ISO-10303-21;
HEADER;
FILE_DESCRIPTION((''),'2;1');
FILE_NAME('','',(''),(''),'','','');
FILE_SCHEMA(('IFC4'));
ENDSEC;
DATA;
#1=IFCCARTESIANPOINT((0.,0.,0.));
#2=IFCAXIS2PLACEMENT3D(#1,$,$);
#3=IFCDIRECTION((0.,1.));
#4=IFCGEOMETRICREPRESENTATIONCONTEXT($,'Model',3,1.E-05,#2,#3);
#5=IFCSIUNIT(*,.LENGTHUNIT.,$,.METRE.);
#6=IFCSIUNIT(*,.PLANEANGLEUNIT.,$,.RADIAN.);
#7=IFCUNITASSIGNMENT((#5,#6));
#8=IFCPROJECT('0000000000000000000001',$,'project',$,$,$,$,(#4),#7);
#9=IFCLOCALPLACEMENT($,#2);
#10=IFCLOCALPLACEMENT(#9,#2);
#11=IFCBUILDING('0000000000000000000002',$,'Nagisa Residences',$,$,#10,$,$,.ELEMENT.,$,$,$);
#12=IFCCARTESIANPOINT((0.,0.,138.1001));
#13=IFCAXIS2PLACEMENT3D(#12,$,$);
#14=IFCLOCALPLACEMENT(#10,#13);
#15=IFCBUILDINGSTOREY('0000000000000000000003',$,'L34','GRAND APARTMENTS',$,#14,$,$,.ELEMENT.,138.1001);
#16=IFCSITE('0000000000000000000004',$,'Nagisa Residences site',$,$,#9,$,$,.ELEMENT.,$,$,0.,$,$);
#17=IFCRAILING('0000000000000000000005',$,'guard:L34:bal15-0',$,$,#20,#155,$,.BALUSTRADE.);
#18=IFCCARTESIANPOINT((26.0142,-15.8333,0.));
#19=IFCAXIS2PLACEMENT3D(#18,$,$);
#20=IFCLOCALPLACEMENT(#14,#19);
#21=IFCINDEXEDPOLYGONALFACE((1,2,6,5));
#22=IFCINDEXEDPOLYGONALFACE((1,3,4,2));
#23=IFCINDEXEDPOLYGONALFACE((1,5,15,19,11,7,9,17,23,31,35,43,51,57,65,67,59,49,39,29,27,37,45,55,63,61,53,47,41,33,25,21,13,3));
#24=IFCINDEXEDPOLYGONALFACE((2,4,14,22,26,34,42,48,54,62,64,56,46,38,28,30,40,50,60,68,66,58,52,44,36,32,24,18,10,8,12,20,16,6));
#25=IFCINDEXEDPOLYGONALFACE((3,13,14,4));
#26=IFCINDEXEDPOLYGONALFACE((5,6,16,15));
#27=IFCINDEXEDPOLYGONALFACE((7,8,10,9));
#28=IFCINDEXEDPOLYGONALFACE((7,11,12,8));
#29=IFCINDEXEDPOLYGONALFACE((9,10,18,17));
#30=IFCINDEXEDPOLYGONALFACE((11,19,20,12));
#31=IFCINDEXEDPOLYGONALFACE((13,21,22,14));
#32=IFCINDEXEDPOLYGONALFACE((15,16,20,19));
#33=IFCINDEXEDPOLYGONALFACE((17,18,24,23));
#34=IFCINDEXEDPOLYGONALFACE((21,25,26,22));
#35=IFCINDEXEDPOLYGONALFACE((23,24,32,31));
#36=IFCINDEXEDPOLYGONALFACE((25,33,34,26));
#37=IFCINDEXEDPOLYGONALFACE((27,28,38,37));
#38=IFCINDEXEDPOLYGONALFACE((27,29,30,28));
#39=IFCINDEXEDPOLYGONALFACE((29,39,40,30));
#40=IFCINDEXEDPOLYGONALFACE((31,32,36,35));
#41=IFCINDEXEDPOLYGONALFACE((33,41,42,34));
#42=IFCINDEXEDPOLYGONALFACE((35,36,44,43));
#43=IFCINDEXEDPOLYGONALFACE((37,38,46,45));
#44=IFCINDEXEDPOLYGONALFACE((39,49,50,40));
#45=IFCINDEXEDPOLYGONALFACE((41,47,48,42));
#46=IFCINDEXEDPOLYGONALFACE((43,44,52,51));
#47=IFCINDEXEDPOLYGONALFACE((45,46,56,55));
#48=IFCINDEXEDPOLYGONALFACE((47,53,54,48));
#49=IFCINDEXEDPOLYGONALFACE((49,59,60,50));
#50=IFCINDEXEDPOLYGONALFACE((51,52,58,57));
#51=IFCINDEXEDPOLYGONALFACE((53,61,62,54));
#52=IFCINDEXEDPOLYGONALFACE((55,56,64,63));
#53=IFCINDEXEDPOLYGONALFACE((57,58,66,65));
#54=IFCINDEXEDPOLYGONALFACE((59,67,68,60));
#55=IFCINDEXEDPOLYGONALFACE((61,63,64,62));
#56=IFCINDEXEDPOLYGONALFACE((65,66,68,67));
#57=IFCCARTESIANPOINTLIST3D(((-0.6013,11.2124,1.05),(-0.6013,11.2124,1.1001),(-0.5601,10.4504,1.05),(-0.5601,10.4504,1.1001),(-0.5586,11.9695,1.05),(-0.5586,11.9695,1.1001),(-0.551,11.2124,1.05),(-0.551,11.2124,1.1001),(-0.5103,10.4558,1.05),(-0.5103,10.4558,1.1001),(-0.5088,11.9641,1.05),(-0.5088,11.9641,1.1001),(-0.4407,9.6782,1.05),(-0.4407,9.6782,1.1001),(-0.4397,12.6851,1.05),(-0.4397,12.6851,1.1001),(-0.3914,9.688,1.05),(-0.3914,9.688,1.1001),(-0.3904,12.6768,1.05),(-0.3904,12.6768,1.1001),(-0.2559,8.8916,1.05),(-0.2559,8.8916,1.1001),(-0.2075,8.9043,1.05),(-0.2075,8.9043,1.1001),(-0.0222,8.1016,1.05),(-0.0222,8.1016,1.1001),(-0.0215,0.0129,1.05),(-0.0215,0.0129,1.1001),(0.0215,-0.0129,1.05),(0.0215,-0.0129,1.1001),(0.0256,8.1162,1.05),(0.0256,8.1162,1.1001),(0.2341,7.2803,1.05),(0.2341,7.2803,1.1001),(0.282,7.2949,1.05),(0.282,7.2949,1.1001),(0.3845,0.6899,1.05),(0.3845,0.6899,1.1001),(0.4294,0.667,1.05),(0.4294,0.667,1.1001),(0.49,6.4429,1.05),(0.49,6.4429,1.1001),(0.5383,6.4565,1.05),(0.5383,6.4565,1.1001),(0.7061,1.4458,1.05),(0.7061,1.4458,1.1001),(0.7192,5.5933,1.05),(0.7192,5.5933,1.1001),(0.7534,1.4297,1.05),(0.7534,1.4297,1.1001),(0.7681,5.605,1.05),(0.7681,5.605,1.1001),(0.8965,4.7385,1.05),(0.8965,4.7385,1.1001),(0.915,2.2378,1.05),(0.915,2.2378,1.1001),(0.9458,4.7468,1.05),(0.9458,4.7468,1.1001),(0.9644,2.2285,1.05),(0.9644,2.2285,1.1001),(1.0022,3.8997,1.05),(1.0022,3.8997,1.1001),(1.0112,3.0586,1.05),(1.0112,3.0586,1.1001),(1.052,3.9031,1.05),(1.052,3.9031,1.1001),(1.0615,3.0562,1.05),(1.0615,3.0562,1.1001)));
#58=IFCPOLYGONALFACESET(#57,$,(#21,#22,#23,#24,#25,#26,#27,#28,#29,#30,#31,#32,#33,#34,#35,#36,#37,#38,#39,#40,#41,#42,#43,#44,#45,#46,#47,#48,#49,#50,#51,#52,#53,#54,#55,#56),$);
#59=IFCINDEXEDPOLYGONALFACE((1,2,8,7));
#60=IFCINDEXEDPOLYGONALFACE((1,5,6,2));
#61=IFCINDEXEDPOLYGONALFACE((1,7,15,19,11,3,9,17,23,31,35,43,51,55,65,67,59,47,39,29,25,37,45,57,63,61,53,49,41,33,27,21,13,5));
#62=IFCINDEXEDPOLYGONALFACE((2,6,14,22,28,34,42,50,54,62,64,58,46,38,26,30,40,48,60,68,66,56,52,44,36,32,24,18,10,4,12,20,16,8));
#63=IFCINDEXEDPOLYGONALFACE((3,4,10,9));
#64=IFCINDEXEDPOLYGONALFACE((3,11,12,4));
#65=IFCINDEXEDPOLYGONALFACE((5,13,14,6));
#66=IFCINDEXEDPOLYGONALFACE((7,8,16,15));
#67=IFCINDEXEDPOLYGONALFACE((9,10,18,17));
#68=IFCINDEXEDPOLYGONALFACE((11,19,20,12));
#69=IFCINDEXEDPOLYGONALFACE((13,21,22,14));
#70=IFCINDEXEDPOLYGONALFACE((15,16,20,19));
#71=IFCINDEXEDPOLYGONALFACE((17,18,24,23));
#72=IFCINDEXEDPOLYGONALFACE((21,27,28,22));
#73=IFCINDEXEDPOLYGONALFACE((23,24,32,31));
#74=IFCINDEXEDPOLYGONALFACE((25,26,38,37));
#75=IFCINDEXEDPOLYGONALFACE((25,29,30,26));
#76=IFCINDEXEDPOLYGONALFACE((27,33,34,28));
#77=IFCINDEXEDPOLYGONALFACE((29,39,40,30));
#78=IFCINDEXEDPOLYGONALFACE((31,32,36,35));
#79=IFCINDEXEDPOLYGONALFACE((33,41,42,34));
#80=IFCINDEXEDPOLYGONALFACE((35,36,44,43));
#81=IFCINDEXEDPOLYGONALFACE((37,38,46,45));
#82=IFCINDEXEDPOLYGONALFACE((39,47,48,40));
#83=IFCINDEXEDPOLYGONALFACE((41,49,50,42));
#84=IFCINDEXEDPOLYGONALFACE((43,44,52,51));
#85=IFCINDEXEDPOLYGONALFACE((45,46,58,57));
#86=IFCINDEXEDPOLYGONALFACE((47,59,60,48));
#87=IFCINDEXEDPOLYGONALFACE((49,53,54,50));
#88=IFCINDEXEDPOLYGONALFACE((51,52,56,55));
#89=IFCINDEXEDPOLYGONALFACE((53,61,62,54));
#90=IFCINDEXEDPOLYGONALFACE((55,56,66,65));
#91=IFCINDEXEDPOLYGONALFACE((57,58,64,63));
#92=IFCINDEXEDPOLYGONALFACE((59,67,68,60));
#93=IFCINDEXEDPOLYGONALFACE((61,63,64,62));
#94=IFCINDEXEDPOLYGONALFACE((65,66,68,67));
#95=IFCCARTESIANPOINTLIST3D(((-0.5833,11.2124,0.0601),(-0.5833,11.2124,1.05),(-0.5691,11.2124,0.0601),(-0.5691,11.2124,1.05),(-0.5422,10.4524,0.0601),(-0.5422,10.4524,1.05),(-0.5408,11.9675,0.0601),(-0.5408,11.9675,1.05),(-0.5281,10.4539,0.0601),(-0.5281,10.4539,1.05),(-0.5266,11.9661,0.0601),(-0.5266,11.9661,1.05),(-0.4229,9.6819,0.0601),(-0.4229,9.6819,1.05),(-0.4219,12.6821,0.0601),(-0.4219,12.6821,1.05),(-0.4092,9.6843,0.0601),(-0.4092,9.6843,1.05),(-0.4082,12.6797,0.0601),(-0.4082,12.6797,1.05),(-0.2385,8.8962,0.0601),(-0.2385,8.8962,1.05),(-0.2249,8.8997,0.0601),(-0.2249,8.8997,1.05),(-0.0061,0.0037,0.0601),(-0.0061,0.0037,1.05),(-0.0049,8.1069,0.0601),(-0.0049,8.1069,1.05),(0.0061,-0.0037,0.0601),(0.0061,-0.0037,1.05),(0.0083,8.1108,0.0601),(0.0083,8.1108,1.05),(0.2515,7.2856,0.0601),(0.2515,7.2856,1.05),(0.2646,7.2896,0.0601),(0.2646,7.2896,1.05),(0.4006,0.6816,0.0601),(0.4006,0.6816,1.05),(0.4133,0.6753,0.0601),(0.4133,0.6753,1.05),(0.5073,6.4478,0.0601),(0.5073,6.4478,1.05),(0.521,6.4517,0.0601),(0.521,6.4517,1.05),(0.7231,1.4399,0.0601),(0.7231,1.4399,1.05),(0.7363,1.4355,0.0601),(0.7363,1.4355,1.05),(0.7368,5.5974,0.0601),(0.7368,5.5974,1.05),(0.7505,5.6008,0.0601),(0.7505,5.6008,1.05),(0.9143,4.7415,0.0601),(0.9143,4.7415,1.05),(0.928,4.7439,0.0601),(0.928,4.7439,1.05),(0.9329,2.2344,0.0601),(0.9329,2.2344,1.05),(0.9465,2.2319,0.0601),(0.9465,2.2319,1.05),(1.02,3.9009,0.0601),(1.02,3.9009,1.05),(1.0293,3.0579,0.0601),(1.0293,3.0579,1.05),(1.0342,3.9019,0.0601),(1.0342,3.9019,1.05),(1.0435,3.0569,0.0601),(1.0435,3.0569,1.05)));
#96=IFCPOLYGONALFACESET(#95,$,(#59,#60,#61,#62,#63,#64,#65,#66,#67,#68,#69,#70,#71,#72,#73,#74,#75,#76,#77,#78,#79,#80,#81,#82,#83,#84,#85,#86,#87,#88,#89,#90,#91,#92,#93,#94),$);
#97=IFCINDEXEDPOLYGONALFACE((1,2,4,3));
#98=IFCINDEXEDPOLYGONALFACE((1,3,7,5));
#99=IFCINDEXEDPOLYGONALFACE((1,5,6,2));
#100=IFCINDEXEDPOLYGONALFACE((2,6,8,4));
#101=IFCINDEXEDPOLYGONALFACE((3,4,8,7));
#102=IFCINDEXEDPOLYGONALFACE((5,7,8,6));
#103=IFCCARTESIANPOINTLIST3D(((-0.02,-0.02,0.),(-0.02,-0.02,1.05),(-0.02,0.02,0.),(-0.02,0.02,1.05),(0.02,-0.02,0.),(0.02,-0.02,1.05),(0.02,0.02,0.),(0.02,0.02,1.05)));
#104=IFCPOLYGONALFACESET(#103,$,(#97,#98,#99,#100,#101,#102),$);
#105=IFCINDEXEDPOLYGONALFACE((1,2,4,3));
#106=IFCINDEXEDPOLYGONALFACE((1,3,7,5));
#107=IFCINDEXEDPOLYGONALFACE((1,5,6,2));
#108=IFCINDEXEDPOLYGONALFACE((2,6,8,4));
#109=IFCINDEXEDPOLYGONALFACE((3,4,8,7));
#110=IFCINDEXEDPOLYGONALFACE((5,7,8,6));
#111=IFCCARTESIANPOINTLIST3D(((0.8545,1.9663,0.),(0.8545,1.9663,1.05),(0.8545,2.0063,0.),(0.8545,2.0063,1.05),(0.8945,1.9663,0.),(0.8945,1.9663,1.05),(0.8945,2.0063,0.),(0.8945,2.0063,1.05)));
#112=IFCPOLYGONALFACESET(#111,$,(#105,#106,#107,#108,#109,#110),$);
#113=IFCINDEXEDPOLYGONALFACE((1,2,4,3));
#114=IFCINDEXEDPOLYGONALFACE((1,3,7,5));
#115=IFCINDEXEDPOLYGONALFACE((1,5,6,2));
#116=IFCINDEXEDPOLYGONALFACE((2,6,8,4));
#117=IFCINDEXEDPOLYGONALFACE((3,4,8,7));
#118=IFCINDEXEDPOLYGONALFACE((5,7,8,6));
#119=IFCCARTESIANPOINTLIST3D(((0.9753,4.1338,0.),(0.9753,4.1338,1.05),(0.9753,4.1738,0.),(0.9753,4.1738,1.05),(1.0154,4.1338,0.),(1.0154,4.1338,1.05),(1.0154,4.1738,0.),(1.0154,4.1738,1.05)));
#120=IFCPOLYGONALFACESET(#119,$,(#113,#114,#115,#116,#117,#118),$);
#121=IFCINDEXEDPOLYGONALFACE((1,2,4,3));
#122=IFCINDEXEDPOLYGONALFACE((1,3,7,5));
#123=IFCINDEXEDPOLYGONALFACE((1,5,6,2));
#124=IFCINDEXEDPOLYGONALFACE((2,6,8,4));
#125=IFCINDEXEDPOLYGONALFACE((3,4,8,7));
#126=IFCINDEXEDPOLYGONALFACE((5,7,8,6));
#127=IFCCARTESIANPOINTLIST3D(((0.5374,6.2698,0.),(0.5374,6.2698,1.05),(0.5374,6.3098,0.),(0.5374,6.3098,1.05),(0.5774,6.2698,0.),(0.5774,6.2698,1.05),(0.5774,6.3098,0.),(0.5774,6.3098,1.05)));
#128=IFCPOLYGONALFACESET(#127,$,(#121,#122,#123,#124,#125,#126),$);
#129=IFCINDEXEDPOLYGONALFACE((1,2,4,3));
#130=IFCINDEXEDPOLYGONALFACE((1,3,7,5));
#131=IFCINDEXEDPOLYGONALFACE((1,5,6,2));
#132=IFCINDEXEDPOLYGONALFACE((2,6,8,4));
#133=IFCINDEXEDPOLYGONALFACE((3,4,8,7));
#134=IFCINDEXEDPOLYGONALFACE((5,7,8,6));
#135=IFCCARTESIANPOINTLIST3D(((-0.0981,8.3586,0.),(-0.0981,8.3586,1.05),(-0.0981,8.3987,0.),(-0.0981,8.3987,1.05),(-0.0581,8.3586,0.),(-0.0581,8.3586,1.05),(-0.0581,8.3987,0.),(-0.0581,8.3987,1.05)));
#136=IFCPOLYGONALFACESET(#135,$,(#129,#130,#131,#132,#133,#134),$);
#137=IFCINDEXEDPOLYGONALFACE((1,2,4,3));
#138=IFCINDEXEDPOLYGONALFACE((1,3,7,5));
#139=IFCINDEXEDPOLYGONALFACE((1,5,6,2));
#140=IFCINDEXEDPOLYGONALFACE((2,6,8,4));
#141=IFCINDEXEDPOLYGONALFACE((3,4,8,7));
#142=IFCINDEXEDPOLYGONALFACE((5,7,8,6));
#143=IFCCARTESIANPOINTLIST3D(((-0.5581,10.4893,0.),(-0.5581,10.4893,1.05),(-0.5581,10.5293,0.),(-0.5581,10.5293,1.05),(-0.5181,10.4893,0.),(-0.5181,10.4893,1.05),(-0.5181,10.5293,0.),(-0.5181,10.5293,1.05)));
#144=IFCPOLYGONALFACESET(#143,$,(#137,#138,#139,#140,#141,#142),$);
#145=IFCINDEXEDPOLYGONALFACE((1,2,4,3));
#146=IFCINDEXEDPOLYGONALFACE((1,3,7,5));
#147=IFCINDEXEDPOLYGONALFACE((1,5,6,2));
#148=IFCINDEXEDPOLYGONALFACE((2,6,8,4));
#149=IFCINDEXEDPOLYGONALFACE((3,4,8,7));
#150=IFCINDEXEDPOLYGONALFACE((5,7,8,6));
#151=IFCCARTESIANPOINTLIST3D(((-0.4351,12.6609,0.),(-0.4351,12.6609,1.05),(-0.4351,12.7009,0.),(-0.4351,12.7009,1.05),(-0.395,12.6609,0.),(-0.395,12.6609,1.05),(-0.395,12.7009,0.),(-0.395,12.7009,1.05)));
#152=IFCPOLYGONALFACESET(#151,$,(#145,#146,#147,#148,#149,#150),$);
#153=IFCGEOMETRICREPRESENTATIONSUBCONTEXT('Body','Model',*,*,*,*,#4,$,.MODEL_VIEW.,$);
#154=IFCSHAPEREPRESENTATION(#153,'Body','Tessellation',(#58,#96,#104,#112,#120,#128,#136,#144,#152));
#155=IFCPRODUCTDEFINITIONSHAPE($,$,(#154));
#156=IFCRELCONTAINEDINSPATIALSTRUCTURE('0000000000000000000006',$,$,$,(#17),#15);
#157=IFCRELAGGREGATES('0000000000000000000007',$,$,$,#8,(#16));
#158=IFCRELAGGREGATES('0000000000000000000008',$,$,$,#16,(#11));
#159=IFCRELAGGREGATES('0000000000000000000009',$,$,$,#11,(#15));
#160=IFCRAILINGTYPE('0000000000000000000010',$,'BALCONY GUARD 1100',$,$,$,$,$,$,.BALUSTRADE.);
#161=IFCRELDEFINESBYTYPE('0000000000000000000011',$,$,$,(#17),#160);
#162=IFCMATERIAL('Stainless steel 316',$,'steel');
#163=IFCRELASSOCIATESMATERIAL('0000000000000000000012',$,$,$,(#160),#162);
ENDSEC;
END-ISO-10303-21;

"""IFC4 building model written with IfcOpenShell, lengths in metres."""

from ifc_helpers import new_model, si_unit, direction, frame, origin, origin_2d, place, context, subcontext, project, spatial, polyline, rectangle, outline, extrude, material, type_object, element, save


model = new_model("IFC4")

# Units and contexts
model_context = context("Model", 3, precision=1e-05, world=origin(), true_north=direction((0.0, 1.0)))
body_context = subcontext(model_context, "Body", "Model", "MODEL_VIEW")
ifc_project = project(units=[si_unit("LENGTHUNIT", "METRE"), si_unit("PLANEANGLEUNIT", "RADIAN")], contexts=[model_context])

# Site, building, storey
site_placement = place(None, origin())
site = spatial("IfcSite", under=ifc_project, at=site_placement, Name="Nagisa Residences site", CompositionType="ELEMENT", RefElevation=0.0)
building_placement = place(site_placement, origin())
building = spatial("IfcBuilding", under=site, at=building_placement, Name="Nagisa Residences", CompositionType="ELEMENT")
storey_placement = place(building_placement, frame((0.0, 0.0, 138.1001)))
storey = spatial("IfcBuildingStorey", under=building, at=storey_placement, Name="L34", Description="GRAND APARTMENTS", CompositionType="ELEMENT", Elevation=138.1001)

# Railing
ifc_material_1 = material(Name="Stainless steel 316", Category="steel")
railing_type = type_object("IfcRailingType", Name="BALCONY GUARD 1100", PredefinedType="BALUSTRADE", material=ifc_material_1)
railing_1_placement = place(storey_placement, frame((26.0142, -15.8333, 0.0)))
element("IfcRailing", 1, at=railing_1_placement, inside=storey, type_object=railing_type, Name="guard:L34:bal15-0", PredefinedType="BALUSTRADE", context=body_context, shape_type="SweptSolid", body=[
    extrude(outline(polyline([(0.3845, 0.6899), (-0.0215, 0.0129), (0.0215, -0.0129), (0.4294, 0.667), (0.7534, 1.4297), (0.9644, 2.2285), (1.0615, 3.0562), (1.052, 3.9031), (0.9458, 4.7468), (0.7681, 5.605), (0.5383, 6.4565), (0.282, 7.2949), (0.0256, 8.1162), (-0.2075, 8.9043), (-0.3914, 9.688), (-0.5103, 10.4558), (-0.551, 11.2124), (-0.5088, 11.9641), (-0.3904, 12.6768), (-0.4397, 12.6851), (-0.5586, 11.9695), (-0.6013, 11.2124), (-0.5601, 10.4504), (-0.4407, 9.6782), (-0.2559, 8.8916), (-0.0222, 8.1016), (0.2341, 7.2803), (0.49, 6.4429), (0.7192, 5.5933), (0.8965, 4.7385), (1.0022, 3.8997), (1.0112, 3.0586), (0.915, 2.2378), (0.7061, 1.4458), (0.3845, 0.6899)])), frame((0.0, 0.0, 1.05)), (0.0, 0.0, 1.0), 0.05),
    extrude(outline(polyline([(0.4006, 0.6816), (-0.0061, 0.0037), (0.0061, -0.0037), (0.4133, 0.6753), (0.7363, 1.4355), (0.9465, 2.2319), (1.0435, 3.0569), (1.0342, 3.9019), (0.928, 4.7439), (0.7505, 5.6008), (0.521, 6.4517), (0.2646, 7.2896), (0.0083, 8.1108), (-0.2249, 8.8997), (-0.4092, 9.6843), (-0.5281, 10.4539), (-0.5691, 11.2124), (-0.5266, 11.9661), (-0.4082, 12.6797), (-0.4219, 12.6821), (-0.5408, 11.9675), (-0.5833, 11.2124), (-0.5422, 10.4524), (-0.4229, 9.6819), (-0.2385, 8.8962), (-0.0049, 8.1069), (0.2515, 7.2856), (0.5073, 6.4478), (0.7368, 5.5974), (0.9143, 4.7415), (1.02, 3.9009), (1.0293, 3.0579), (0.9329, 2.2344), (0.7231, 1.4399), (0.4006, 0.6816)])), frame((0.0, 0.0, 0.0601)), (0.0, 0.0, 1.0), 0.99),
    extrude(rectangle(XDim=0.04, YDim=0.04, at=origin_2d()), origin(), (0.0, 0.0, 1.0), 1.05),
    extrude(rectangle(XDim=0.04, YDim=0.04, at=origin_2d()), frame((0.8745, 1.9863, 0.0)), (0.0, 0.0, 1.0), 1.05),
    extrude(rectangle(XDim=0.04, YDim=0.04, at=origin_2d()), frame((0.9954, 4.1538, 0.0)), (0.0, 0.0, 1.0), 1.05),
    extrude(rectangle(XDim=0.04, YDim=0.04, at=origin_2d()), frame((0.5574, 6.2898, 0.0)), (0.0, 0.0, 1.0), 1.05),
    extrude(rectangle(XDim=0.04, YDim=0.04, at=origin_2d()), frame((-0.0781, 8.3787, 0.0)), (0.0, 0.0, 1.0), 1.05),
    extrude(rectangle(XDim=0.04, YDim=0.04, at=origin_2d()), frame((-0.5381, 10.5093, 0.0)), (0.0, 0.0, 1.0), 1.05),
    extrude(rectangle(XDim=0.04, YDim=0.04, at=origin_2d()), frame((-0.415, 12.6809, 0.0)), (0.0, 0.0, 1.0), 1.05),
])

save(model, "model.ifc")
